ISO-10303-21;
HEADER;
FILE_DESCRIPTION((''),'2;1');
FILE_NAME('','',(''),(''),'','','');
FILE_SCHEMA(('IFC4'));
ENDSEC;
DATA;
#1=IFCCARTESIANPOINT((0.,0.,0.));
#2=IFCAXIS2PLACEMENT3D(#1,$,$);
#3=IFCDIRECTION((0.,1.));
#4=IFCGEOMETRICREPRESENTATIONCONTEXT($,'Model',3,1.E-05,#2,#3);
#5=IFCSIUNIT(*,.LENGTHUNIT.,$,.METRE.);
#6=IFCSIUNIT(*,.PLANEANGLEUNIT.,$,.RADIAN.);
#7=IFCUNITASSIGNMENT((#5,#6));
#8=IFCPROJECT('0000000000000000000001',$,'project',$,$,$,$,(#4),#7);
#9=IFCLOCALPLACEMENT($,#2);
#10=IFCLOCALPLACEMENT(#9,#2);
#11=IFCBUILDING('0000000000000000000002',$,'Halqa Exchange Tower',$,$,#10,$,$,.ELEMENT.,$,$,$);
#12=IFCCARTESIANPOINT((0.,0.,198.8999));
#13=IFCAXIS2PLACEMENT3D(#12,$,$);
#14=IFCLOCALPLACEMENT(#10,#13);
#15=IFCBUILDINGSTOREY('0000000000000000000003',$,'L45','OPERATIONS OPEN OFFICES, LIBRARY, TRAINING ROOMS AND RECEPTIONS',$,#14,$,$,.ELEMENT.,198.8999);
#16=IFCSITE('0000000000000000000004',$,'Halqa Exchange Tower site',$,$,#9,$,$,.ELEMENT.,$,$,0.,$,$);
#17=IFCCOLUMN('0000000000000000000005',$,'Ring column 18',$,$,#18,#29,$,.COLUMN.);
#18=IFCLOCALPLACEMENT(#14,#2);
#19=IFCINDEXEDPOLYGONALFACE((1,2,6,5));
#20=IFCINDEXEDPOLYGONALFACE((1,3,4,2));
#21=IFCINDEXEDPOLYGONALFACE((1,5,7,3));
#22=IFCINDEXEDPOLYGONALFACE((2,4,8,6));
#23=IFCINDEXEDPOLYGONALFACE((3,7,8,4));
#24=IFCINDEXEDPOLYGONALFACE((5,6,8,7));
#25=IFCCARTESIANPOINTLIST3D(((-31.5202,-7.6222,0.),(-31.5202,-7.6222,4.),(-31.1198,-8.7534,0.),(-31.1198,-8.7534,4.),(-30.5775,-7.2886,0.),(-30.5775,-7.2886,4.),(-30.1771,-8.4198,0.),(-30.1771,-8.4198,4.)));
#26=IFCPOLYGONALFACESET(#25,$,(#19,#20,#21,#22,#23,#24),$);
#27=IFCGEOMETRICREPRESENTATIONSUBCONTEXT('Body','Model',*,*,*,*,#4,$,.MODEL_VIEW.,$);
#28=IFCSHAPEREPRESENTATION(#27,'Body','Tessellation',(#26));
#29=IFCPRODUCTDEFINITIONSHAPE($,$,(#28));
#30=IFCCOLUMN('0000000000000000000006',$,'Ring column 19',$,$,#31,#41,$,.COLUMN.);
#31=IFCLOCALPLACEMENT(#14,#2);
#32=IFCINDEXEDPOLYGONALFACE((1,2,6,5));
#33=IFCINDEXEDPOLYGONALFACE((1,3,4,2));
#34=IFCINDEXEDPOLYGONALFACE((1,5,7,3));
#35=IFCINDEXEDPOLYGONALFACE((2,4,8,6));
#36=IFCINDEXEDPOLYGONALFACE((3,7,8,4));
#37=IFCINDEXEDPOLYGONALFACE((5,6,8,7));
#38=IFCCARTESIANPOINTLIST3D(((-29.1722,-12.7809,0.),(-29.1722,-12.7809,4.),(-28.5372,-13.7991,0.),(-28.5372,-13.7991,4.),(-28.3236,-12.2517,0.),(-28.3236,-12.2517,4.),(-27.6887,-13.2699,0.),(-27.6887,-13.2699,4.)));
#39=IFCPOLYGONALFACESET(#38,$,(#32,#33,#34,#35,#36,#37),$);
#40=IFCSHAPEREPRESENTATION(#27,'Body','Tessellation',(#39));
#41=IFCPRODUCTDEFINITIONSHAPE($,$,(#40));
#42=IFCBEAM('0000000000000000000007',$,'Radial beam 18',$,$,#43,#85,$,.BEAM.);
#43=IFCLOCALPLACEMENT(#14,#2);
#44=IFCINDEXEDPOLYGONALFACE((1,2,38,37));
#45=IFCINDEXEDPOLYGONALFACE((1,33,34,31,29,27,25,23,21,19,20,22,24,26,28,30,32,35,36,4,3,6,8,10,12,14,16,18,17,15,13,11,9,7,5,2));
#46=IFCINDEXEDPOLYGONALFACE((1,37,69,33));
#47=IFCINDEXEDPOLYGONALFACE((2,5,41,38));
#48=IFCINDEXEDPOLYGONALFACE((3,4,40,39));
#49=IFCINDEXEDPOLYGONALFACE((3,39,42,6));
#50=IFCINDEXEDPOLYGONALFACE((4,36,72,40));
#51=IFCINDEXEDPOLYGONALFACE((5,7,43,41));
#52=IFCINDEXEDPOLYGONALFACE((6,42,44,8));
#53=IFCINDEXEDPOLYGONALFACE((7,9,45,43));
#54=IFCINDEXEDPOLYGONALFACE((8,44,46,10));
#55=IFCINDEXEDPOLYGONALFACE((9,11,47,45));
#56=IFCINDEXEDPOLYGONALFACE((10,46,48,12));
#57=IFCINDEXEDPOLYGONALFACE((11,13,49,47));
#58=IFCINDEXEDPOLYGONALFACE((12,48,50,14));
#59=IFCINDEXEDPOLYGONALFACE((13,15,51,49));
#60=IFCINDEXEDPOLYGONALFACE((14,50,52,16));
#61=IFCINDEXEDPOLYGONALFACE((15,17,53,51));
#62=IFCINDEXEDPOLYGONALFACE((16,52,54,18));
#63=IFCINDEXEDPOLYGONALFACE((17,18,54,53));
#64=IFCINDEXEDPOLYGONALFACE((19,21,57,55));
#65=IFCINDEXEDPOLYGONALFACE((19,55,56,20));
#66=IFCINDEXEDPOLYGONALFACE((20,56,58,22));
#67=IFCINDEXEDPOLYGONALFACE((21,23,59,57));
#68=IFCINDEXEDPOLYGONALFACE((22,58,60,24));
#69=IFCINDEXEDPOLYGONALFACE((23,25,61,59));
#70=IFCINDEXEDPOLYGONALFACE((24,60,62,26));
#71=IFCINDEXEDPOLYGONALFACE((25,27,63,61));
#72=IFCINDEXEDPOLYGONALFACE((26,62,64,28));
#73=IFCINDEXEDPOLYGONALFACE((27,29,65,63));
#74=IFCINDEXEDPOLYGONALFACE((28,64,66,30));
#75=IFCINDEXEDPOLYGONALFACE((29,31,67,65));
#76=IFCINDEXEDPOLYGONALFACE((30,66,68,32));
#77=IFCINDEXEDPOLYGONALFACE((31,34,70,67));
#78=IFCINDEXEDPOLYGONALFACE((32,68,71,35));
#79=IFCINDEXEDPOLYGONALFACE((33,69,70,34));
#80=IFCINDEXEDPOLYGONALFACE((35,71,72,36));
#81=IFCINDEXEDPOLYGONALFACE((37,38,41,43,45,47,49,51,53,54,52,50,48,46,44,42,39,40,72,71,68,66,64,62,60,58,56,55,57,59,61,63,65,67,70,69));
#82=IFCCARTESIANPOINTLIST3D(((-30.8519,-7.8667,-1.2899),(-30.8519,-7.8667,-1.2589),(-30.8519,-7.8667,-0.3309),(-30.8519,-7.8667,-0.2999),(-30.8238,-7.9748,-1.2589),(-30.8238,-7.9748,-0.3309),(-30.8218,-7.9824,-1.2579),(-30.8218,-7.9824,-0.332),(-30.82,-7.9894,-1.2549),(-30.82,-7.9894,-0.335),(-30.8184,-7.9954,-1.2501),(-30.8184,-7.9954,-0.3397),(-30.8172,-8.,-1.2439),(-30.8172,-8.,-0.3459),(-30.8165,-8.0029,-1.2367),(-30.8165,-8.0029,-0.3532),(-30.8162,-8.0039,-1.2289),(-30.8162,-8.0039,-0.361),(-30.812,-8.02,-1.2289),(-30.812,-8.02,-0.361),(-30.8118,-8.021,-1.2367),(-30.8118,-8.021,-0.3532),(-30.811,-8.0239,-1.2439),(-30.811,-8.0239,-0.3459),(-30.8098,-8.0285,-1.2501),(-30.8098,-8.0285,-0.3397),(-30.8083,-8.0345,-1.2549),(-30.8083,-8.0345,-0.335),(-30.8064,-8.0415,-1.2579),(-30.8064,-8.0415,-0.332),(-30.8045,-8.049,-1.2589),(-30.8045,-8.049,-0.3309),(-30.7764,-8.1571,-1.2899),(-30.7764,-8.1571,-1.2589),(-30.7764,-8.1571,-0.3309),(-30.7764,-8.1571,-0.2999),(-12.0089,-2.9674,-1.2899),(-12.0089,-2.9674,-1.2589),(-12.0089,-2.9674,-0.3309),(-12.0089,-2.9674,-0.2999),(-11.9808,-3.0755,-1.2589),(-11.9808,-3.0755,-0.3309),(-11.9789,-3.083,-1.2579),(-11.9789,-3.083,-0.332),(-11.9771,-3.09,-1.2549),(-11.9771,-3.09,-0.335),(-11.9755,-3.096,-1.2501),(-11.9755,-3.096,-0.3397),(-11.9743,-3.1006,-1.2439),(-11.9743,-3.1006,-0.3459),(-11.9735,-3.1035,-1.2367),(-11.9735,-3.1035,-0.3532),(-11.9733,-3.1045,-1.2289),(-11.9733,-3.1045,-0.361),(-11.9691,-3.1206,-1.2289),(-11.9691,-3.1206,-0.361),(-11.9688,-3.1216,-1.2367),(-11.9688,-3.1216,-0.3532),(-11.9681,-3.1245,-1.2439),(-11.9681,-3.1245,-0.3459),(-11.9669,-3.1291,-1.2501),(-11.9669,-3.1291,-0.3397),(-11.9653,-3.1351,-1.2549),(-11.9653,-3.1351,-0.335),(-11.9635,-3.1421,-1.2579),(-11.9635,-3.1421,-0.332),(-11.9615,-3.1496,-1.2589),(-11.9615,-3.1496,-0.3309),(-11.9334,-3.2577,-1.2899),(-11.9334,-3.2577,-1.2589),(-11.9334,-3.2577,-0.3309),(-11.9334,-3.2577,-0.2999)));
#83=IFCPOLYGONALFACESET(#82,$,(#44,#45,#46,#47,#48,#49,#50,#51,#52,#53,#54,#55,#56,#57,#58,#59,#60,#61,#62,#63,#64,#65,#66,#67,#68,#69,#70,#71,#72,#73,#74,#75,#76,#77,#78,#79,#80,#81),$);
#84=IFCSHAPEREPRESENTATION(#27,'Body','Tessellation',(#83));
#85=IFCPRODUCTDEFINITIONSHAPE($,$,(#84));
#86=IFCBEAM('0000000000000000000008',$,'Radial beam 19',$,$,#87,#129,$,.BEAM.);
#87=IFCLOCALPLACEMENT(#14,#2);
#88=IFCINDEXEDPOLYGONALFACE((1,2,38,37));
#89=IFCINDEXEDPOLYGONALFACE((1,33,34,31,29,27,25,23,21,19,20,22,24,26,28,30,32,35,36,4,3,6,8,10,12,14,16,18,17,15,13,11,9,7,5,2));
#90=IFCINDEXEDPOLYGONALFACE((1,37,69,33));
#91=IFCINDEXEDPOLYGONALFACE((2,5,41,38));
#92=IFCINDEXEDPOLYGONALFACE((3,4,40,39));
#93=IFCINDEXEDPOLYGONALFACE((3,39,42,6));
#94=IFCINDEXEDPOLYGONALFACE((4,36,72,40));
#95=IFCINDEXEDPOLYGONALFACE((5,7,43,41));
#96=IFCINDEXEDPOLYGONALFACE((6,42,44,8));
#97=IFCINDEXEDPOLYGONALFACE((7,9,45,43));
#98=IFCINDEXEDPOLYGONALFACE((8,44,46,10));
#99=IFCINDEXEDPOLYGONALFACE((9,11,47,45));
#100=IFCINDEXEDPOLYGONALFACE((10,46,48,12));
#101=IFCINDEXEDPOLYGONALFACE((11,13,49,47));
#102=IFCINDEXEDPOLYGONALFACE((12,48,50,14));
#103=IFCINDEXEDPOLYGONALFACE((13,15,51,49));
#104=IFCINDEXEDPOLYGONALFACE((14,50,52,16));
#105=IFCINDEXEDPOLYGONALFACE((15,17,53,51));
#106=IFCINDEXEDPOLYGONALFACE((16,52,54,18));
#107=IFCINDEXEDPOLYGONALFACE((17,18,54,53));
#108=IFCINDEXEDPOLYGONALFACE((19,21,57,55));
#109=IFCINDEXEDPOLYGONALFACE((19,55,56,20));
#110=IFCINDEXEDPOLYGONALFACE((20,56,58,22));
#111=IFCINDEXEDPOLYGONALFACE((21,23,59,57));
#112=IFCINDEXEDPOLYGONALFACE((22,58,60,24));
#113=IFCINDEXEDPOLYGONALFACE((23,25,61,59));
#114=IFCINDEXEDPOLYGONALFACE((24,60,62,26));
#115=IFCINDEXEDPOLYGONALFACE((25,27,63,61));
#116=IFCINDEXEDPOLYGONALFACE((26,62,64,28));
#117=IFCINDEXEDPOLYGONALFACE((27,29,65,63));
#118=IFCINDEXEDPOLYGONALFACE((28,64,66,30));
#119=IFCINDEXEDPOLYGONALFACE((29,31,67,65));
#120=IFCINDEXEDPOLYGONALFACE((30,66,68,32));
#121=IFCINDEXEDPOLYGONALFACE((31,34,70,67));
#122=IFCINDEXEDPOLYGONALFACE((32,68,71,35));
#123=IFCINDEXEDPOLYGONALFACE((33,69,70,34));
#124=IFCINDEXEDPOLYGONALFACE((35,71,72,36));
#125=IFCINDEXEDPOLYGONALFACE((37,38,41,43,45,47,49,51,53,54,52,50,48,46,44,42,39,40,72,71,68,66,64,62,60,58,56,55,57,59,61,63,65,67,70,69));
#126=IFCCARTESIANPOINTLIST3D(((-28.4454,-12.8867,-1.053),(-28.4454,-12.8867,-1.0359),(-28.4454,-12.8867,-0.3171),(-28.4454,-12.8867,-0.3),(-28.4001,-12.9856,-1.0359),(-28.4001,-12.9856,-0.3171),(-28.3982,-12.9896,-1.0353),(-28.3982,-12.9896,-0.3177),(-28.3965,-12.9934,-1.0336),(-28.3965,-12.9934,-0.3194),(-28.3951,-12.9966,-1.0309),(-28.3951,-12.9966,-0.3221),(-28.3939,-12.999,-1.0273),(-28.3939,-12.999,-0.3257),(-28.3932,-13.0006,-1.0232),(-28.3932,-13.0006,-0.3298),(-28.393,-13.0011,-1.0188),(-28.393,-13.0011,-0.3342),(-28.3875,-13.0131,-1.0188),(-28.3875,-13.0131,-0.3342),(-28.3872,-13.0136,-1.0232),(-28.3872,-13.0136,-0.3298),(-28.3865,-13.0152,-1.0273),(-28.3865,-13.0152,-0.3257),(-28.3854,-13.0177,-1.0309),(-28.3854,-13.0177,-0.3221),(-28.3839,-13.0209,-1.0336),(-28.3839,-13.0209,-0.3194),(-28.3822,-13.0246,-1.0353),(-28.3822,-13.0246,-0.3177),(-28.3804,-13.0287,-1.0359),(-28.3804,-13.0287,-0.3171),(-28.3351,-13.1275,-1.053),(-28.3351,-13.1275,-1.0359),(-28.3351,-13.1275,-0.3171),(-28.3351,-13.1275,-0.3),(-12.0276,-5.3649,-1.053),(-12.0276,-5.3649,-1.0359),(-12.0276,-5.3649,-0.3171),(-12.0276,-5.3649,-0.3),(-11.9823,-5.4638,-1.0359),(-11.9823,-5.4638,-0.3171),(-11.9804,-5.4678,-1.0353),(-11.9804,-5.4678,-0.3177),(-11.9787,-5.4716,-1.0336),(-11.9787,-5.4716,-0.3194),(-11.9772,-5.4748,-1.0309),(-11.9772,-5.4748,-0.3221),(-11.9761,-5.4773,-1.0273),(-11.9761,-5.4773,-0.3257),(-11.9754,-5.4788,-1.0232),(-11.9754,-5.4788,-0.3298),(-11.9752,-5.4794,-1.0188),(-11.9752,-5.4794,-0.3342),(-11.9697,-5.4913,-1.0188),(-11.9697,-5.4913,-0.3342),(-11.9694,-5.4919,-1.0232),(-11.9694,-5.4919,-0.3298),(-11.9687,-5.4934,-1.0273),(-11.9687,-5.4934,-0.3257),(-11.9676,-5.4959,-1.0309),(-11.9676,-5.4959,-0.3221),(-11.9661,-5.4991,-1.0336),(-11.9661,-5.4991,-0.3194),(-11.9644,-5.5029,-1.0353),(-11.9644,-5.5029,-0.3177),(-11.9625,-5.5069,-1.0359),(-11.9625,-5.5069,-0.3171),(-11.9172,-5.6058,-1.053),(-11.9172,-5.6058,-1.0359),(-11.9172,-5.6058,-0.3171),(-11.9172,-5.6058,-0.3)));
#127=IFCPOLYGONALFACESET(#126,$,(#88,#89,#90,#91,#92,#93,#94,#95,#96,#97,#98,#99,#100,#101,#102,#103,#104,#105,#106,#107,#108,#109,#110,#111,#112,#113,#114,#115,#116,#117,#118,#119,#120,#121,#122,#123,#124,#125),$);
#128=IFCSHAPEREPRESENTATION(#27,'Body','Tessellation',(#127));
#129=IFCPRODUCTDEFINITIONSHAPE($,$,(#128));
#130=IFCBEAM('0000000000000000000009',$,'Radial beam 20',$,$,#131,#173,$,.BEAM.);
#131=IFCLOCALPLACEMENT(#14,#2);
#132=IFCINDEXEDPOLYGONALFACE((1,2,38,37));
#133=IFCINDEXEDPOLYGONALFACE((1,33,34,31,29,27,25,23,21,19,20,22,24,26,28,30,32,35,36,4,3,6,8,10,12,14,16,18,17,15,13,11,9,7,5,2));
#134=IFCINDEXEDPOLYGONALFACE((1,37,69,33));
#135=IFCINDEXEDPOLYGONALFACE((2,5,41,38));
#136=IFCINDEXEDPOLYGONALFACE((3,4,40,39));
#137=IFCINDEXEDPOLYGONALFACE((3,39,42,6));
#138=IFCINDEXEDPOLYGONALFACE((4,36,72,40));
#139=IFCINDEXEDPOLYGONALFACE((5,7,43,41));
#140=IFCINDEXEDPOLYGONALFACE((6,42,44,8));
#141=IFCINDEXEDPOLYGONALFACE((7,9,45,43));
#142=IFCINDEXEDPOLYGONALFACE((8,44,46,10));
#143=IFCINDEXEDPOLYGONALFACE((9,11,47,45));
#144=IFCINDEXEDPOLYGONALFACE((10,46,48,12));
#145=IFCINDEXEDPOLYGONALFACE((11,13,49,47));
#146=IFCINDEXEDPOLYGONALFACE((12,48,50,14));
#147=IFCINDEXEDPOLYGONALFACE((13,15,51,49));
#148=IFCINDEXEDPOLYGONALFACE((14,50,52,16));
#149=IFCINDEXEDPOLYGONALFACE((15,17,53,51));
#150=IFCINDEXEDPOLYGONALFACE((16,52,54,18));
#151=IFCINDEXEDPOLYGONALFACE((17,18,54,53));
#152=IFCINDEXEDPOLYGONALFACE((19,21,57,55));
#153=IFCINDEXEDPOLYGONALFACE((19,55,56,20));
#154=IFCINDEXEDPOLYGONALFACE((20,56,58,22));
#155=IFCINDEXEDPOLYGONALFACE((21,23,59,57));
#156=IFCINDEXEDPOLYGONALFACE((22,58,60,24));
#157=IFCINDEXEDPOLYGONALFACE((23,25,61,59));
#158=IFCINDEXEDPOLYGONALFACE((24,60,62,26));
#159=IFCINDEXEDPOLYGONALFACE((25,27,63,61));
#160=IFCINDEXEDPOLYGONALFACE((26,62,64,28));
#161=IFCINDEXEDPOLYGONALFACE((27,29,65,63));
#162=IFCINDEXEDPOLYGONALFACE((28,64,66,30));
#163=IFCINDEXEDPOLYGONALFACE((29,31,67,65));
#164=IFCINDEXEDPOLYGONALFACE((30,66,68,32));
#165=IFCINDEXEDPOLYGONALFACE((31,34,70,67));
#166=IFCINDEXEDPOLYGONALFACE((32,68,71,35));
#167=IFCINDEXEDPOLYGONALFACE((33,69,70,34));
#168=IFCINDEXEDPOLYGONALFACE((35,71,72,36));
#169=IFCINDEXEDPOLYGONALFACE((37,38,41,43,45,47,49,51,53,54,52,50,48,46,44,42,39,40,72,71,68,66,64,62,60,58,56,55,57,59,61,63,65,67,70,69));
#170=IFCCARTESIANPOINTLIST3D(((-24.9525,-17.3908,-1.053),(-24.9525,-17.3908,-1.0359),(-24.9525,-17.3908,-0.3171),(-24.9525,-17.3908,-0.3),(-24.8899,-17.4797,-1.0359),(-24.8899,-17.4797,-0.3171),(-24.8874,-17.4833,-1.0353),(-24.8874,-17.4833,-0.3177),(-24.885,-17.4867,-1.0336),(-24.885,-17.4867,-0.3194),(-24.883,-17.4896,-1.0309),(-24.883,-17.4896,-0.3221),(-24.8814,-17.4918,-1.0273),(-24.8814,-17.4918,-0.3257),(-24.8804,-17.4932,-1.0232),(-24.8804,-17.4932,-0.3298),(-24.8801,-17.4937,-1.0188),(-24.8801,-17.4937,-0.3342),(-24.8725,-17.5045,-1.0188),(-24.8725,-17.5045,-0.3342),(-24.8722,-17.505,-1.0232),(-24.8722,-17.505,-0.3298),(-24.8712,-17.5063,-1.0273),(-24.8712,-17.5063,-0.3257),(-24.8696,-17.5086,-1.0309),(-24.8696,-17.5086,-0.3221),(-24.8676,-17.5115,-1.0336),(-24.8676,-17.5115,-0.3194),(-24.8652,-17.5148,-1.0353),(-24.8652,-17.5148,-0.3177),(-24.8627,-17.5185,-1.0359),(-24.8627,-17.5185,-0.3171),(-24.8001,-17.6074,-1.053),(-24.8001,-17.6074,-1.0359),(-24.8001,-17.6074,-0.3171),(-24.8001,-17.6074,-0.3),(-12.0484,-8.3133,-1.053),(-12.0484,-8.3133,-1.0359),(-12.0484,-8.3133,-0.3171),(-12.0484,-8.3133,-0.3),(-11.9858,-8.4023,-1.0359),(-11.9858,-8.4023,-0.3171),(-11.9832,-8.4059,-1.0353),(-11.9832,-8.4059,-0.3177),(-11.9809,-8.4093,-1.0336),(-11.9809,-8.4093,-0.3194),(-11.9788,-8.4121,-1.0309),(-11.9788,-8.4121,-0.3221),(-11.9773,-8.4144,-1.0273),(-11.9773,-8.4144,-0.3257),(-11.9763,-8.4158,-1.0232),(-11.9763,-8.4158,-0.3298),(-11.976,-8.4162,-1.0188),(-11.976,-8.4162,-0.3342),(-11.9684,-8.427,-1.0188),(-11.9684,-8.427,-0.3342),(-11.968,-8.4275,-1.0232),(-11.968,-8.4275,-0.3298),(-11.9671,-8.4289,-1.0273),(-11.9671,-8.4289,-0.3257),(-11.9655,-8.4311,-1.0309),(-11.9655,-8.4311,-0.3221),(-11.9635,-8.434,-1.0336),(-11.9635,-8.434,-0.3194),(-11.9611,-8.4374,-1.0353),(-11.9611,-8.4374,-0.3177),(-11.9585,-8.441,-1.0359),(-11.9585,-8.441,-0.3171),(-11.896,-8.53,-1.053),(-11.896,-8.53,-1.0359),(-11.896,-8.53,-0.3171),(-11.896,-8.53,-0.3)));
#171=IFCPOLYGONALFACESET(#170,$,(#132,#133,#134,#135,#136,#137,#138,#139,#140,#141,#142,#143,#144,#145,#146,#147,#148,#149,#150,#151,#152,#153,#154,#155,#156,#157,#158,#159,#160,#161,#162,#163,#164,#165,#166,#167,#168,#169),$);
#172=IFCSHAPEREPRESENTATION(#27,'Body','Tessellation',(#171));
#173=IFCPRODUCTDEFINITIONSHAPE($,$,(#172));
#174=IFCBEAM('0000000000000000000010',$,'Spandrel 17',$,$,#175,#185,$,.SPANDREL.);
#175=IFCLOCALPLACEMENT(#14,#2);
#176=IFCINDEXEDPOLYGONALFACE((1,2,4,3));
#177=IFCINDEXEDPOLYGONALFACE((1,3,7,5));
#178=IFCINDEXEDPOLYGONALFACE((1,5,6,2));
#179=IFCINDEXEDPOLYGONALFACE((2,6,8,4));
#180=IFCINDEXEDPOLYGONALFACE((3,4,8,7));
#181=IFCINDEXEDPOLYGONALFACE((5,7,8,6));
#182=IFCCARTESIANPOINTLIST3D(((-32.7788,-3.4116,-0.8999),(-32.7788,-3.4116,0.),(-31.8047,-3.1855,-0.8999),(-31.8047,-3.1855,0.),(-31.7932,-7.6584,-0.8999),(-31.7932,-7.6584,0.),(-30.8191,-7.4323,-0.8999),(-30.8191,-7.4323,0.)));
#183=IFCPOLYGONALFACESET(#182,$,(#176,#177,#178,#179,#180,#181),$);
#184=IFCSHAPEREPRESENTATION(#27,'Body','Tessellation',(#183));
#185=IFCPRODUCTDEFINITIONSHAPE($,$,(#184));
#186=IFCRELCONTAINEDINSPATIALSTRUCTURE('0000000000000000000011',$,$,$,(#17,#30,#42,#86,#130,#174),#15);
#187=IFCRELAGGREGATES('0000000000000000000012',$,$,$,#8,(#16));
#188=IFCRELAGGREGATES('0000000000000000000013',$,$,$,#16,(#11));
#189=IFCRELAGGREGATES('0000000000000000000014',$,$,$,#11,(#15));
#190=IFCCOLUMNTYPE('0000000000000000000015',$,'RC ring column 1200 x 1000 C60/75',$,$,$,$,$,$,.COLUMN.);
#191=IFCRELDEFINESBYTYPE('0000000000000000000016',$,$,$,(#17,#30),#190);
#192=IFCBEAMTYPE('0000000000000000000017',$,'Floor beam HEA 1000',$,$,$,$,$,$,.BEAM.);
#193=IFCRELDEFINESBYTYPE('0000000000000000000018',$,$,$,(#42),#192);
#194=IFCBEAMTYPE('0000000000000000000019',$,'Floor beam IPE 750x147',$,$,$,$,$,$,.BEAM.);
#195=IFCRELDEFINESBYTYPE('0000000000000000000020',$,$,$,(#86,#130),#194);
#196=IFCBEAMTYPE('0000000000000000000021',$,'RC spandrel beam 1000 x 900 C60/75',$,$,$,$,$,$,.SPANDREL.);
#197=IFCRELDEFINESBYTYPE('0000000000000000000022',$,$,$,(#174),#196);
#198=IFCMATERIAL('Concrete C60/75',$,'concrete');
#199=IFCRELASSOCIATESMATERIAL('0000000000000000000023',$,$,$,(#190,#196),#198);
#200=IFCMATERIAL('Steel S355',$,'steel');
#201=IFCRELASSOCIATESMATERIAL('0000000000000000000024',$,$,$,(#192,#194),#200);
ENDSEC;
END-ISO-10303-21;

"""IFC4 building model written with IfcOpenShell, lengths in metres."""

from ifc_helpers import new_model, si_unit, direction, frame, origin, origin_2d, place, context, subcontext, project, spatial, rectangle, i_section, extrude, material, material_profile, profile_set, type_object, element, save


model = new_model("IFC4")

# Units and contexts
model_context = context("Model", 3, precision=1e-05, world=origin(), true_north=direction((0.0, 1.0)))
body_context = subcontext(model_context, "Body", "Model", "MODEL_VIEW")
ifc_project = project(units=[si_unit("LENGTHUNIT", "METRE"), si_unit("PLANEANGLEUNIT", "RADIAN")], contexts=[model_context])

# Site, building, storey
site_placement = place(None, origin())
site = spatial("IfcSite", under=ifc_project, at=site_placement, Name="Halqa Exchange Tower site", CompositionType="ELEMENT", RefElevation=0.0)
building_placement = place(site_placement, origin())
building = spatial("IfcBuilding", under=site, at=building_placement, Name="Halqa Exchange Tower", CompositionType="ELEMENT")
storey_placement = place(building_placement, frame((0.0, 0.0, 198.8999)))
storey = spatial("IfcBuildingStorey", under=building, at=storey_placement, Name="L45", Description="OPERATIONS OPEN OFFICES, LIBRARY, TRAINING ROOMS AND RECEPTIONS", CompositionType="ELEMENT", Elevation=198.8999)

# Columns
ifc_material_1 = material(Name="Concrete C60/75", Category="concrete")
ifc_material_profile_1 = material_profile(ifc_material_1, rectangle(XDim=1.2, YDim=1.0, at=origin_2d()), Name="1200 x 1000")
ifc_profile_set_1 = profile_set([ifc_material_profile_1], Name="Concrete C60/75")
column_type = type_object("IfcColumnType", Name="RC ring column 1200 x 1000 C60/75", PredefinedType="COLUMN", material=ifc_profile_set_1)
for number, where, z_axis, x_axis, name in (
    (1, (-30.8486, -8.021, 0.0), (0.0, 0.0, 1.0), (0.333632, -0.942703, 0.0), "Ring column 18"),
    (2, (-28.4304, -13.0254, 0.0), (0.0, 0.0, 1.0), (0.529143, -0.848532, 0.0), "Ring column 19"),
):
    element("IfcColumn", number, at=place(storey_placement, frame(where, z_axis=z_axis, x_axis=x_axis)), inside=storey, type_object=column_type, Name=name, PredefinedType="COLUMN", context=body_context, shape_type="SweptSolid", body=[
        extrude(rectangle(XDim=1.2, YDim=1.0, at=origin_2d()), origin(), (0.0, 0.0, 1.0), 4.0),
    ])

# Beams
ifc_material_2 = material(Name="Steel S355", Category="steel")
ifc_material_profile_2 = material_profile(ifc_material_2, i_section(OverallWidth=0.3, OverallDepth=0.99, WebThickness=0.0166, FlangeThickness=0.031, FilletRadius=0.03, at=origin_2d()), Name="HEA 1000")
ifc_profile_set_2 = profile_set([ifc_material_profile_2], Name="Steel S355")
beam_type_1 = type_object("IfcBeamType", Name="Floor beam HEA 1000", PredefinedType="BEAM", material=ifc_profile_set_2)
beam_1_placement = place(storey_placement, frame((-11.9712, -3.1125, -0.7949), z_axis=(-0.96782, -0.251645, 0.0), x_axis=(0.251645, -0.96782, 0.0)))
element("IfcBeam", 3, at=beam_1_placement, inside=storey, type_object=beam_type_1, Name="Radial beam 18", PredefinedType="BEAM", context=body_context, shape_type="SweptSolid", body=[
    extrude(i_section(OverallWidth=0.3, OverallDepth=0.99, WebThickness=0.0166, FlangeThickness=0.031, FilletRadius=0.03, at=origin_2d()), origin(), (0.0, 0.0, 1.0), 19.4695),
])
ifc_material_profile_3 = material_profile(ifc_material_2, i_section(OverallWidth=0.2649, OverallDepth=0.7529, WebThickness=0.0132, FlangeThickness=0.0171, FilletRadius=0.0171, at=origin_2d()), Name="IPE 750x147")
ifc_profile_set_3 = profile_set([ifc_material_profile_3], Name="Steel S355")
beam_type_2 = type_object("IfcBeamType", Name="Floor beam IPE 750x147", PredefinedType="BEAM", material=ifc_profile_set_3)
beam_2_placement = place(storey_placement, frame((-11.9724, -5.4854, -0.6765), z_axis=(-0.909129, -0.416515, 0.0), x_axis=(0.416515, -0.909129, 0.0)))
element("IfcBeam", 4, at=beam_2_placement, inside=storey, type_object=beam_type_2, Name="Radial beam 19", PredefinedType="BEAM", context=body_context, shape_type="SweptSolid", body=[
    extrude(i_section(OverallWidth=0.2649, OverallDepth=0.7529, WebThickness=0.0132, FlangeThickness=0.0171, FilletRadius=0.0171, at=origin_2d()), origin(), (0.0, 0.0, 1.0), 18.0588),
])
beam_3_placement = place(storey_placement, frame((-11.9722, -8.4216, -0.6765), z_axis=(-0.817903, -0.575356, 0.0), x_axis=(0.575356, -0.817903, 0.0)))
element("IfcBeam", 5, at=beam_3_placement, inside=storey, type_object=beam_type_2, Name="Radial beam 20", PredefinedType="BEAM", context=body_context, shape_type="SweptSolid", body=[
    extrude(i_section(OverallWidth=0.2649, OverallDepth=0.7529, WebThickness=0.0132, FlangeThickness=0.0171, FilletRadius=0.0171, at=origin_2d()), origin(), (0.0, 0.0, 1.0), 15.7771),
])
ifc_material_profile_4 = material_profile(ifc_material_1, rectangle(XDim=1.0, YDim=0.8999, at=origin_2d()), Name="1000 x 900")
ifc_profile_set_4 = profile_set([ifc_material_profile_4], Name="Concrete C60/75")
beam_type_3 = type_object("IfcBeamType", Name="RC spandrel beam 1000 x 900 C60/75", PredefinedType="SPANDREL", material=ifc_profile_set_4)
beam_4_placement = place(storey_placement, frame((-32.2917, -3.2986, -0.45), z_axis=(0.22607, -0.974111, 0.0), x_axis=(0.974111, 0.22607, 0.0)))
element("IfcBeam", 6, at=beam_4_placement, inside=storey, type_object=beam_type_3, Name="Spandrel 17", PredefinedType="SPANDREL", context=body_context, shape_type="SweptSolid", body=[
    extrude(rectangle(XDim=1.0, YDim=0.8999, at=origin_2d()), origin(), (0.0, 0.0, 1.0), 4.3596),
])

save(model, "model.ifc")
